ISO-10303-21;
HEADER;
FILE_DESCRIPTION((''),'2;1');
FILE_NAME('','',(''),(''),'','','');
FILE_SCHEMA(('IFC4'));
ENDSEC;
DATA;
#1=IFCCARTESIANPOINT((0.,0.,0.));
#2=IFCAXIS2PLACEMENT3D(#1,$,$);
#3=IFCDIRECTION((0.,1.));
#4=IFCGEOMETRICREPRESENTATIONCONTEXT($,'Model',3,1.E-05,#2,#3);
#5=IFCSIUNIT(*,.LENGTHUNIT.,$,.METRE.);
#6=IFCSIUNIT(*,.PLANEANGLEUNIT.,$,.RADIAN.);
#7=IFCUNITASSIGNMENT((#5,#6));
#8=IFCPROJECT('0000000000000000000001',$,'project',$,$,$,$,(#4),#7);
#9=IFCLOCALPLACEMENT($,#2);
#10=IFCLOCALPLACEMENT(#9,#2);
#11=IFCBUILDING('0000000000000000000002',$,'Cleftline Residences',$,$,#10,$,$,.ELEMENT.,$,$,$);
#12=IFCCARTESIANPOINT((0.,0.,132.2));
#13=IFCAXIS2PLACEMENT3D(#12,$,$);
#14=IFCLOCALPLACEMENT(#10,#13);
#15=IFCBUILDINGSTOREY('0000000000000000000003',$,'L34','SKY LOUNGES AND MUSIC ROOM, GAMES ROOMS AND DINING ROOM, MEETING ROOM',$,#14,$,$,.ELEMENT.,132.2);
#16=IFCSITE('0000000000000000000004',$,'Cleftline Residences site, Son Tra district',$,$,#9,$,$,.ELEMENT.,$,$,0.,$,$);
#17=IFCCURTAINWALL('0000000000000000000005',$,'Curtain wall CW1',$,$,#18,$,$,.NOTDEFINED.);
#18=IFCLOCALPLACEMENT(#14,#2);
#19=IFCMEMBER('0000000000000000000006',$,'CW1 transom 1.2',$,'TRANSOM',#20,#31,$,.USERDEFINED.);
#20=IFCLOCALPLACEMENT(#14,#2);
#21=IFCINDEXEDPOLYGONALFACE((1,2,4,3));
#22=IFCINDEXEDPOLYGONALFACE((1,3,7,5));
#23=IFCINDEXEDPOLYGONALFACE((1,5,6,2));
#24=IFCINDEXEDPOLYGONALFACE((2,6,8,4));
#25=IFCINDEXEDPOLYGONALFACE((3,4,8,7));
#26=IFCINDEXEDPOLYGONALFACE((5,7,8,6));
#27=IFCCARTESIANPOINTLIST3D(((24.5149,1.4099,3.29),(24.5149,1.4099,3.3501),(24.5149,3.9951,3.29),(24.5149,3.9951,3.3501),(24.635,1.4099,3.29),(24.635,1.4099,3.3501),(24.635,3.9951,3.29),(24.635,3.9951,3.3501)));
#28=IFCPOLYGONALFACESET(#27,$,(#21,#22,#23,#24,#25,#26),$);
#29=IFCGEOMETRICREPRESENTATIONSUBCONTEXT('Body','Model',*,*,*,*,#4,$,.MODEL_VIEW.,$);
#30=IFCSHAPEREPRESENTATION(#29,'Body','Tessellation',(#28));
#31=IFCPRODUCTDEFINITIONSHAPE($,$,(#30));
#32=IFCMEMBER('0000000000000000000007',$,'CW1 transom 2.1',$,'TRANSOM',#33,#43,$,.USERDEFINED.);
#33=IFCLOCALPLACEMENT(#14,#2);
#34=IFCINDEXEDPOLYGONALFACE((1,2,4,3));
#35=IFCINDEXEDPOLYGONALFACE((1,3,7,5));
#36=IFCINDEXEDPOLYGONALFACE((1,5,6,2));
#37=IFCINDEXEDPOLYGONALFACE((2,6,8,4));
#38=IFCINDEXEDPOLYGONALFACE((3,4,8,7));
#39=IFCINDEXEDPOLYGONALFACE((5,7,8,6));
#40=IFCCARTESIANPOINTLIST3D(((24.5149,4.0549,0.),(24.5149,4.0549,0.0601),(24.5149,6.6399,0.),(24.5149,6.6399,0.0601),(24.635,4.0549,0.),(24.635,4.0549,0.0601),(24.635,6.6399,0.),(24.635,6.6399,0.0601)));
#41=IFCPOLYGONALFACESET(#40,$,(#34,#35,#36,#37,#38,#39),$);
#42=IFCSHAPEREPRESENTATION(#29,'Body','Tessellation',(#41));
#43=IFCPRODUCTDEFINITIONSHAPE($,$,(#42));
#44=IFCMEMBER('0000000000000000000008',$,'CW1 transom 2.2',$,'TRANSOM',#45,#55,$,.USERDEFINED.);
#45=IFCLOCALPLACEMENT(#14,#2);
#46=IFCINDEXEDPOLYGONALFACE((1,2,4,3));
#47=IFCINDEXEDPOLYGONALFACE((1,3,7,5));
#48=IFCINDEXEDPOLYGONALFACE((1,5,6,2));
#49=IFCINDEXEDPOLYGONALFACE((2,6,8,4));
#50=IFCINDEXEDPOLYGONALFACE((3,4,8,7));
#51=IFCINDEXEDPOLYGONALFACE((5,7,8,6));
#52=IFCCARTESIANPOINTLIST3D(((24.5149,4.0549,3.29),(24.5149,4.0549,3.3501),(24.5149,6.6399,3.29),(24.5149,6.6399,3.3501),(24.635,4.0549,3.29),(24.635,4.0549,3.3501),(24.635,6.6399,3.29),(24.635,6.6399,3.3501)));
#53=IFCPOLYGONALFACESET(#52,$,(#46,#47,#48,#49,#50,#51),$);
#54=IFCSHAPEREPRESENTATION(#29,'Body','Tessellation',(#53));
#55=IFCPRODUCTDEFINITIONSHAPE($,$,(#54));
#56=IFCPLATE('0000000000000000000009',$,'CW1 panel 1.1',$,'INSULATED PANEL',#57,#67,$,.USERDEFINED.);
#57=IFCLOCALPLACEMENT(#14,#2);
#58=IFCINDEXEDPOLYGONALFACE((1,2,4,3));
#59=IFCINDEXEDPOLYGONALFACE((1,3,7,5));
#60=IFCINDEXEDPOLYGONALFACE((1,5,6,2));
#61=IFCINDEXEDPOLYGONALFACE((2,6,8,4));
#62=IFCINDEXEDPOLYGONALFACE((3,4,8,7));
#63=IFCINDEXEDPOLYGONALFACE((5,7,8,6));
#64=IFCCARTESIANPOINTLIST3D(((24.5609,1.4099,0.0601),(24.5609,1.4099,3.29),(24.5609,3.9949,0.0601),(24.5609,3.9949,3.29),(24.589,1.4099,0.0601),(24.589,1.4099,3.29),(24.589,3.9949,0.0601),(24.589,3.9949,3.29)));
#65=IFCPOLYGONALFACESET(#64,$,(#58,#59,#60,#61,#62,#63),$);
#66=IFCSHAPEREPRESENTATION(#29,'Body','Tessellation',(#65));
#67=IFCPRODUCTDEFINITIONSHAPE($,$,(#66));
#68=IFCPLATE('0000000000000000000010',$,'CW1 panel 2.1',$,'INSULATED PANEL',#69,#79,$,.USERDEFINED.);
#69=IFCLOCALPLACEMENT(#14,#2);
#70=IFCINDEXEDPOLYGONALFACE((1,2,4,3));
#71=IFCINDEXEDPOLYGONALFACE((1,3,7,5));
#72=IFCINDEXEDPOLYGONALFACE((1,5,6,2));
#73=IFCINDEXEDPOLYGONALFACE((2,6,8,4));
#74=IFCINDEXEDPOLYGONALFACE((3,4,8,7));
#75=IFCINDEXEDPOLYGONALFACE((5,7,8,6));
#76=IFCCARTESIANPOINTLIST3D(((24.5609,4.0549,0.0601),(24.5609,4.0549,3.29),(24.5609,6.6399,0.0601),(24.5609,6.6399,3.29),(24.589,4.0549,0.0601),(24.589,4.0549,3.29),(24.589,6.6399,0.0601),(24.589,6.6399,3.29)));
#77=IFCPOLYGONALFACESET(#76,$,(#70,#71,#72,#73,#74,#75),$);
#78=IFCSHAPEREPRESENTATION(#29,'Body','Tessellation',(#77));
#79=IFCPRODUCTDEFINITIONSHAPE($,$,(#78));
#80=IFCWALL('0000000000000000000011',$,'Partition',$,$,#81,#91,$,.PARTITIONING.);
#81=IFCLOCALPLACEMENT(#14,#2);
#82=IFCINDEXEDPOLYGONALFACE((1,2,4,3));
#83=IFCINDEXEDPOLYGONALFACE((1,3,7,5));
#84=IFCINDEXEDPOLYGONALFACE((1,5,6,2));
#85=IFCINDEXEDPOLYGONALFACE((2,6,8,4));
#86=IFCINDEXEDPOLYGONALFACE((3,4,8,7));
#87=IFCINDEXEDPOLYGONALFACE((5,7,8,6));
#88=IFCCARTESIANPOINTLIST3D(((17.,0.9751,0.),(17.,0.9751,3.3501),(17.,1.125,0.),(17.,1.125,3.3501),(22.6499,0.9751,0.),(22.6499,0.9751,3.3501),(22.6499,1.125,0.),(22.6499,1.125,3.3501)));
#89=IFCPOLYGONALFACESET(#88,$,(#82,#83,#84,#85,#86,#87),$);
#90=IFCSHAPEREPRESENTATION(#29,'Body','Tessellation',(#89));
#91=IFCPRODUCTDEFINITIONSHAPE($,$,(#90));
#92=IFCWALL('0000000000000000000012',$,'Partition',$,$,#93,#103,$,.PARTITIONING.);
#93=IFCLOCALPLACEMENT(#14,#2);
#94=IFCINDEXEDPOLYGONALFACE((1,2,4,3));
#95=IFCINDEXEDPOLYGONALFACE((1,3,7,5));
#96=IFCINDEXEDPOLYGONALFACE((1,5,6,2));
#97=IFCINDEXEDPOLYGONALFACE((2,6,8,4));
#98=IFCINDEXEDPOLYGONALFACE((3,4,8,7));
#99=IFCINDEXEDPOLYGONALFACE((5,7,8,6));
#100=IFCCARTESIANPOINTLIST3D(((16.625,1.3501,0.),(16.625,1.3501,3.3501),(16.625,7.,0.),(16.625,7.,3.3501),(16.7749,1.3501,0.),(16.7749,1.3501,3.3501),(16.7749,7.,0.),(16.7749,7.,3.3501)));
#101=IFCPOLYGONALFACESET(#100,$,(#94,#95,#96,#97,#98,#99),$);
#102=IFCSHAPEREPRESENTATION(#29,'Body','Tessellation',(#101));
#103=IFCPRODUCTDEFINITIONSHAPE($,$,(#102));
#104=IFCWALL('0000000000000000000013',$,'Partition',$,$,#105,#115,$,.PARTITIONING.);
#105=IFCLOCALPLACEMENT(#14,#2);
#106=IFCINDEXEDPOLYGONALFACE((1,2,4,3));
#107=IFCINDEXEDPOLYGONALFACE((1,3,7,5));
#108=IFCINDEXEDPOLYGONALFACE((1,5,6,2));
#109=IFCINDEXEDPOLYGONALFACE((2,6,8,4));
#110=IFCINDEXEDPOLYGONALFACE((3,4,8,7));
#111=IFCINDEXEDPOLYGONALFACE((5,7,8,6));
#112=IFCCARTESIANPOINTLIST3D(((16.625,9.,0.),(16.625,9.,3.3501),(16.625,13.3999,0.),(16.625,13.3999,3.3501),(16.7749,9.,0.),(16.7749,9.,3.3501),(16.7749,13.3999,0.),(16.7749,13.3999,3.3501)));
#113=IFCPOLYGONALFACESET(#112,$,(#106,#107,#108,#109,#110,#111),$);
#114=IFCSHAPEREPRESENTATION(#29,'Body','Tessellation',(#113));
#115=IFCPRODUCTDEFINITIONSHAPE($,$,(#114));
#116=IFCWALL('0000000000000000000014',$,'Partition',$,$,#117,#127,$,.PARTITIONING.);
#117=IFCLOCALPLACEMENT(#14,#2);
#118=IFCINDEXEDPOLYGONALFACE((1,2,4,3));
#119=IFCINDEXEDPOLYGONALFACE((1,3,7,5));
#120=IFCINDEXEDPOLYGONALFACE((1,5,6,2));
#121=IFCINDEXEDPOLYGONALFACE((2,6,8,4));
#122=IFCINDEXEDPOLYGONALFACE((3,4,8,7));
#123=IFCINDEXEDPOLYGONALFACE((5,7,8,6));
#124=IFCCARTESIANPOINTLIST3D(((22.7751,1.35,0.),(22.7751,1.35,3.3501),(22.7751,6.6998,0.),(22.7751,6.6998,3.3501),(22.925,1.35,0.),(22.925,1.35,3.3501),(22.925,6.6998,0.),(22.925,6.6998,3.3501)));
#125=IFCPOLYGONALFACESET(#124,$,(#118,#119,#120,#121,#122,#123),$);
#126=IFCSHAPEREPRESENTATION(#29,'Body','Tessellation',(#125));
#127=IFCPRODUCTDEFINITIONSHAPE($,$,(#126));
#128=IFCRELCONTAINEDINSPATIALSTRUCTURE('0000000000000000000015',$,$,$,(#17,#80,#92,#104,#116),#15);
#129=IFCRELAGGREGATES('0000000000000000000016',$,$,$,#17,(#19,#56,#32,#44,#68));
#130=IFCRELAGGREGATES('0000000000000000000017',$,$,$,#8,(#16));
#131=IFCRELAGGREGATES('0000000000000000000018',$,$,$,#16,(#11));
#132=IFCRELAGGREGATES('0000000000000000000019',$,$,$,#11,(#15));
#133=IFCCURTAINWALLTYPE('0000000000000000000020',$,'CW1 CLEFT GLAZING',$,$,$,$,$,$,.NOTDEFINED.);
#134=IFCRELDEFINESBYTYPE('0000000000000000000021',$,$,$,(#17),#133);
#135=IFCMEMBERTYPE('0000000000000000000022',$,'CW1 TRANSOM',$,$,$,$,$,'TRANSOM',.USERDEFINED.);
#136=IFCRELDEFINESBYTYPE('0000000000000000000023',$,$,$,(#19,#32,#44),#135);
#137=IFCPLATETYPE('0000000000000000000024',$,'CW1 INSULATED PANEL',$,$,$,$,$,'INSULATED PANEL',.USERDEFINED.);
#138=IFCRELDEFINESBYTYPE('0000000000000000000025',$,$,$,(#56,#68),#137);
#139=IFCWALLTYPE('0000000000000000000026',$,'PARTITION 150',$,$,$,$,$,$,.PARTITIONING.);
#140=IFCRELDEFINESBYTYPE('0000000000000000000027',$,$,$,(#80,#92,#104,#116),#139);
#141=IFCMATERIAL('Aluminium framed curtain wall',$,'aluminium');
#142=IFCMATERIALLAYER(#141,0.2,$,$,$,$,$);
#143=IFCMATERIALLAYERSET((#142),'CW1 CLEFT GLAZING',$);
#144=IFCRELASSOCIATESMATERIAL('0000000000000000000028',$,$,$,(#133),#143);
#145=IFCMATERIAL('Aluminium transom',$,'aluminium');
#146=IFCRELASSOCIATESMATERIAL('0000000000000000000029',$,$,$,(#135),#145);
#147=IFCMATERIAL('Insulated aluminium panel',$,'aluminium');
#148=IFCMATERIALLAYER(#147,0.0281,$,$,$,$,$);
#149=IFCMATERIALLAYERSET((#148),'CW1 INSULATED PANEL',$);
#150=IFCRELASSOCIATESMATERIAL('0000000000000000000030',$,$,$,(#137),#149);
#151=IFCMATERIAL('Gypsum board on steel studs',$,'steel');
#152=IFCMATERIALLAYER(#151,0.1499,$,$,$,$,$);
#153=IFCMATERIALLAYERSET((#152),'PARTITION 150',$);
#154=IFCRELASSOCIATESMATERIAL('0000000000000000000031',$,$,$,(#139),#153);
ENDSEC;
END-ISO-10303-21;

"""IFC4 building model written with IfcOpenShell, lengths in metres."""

from ifc_helpers import new_model, si_unit, direction, frame, frame_2d, origin, origin_2d, place, context, subcontext, project, spatial, rectangle, extrude, material, layer, layer_set, material_profile, profile_set, type_object, element, aggregate, save


model = new_model("IFC4")

# Units and contexts
model_context = context("Model", 3, precision=1e-05, world=origin(), true_north=direction((0.0, 1.0)))
body_context = subcontext(model_context, "Body", "Model", "MODEL_VIEW")
ifc_project = project(units=[si_unit("LENGTHUNIT", "METRE"), si_unit("PLANEANGLEUNIT", "RADIAN")], contexts=[model_context])

# Site, building, storey
site_placement = place(None, origin())
site = spatial("IfcSite", under=ifc_project, at=site_placement, Name="Cleftline Residences site, Son Tra district", CompositionType="ELEMENT", RefElevation=0.0)
building_placement = place(site_placement, origin())
building = spatial("IfcBuilding", under=site, at=building_placement, Name="Cleftline Residences", CompositionType="ELEMENT")
storey_placement = place(building_placement, frame((0.0, 0.0, 132.2)))
storey = spatial("IfcBuildingStorey", under=building, at=storey_placement, Name="L34", Description="SKY LOUNGES AND MUSIC ROOM, GAMES ROOMS AND DINING ROOM, MEETING ROOM", CompositionType="ELEMENT", Elevation=132.2)

# Curtain wall, members, plates
ifc_material_1 = material(Name="Aluminium framed curtain wall", Category="aluminium")
ifc_layer_1 = layer(ifc_material_1, 0.2)
ifc_layer_set_1 = layer_set([ifc_layer_1], Name="CW1 CLEFT GLAZING")
curtain_wall_type = type_object("IfcCurtainWallType", Name="CW1 CLEFT GLAZING", PredefinedType="NOTDEFINED", material=ifc_layer_set_1)
curtain_wall_placement = place(storey_placement, origin())
curtain_wall = element("IfcCurtainWall", 1, at=curtain_wall_placement, inside=storey, type_object=curtain_wall_type, Name="Curtain wall CW1", PredefinedType="NOTDEFINED")
ifc_material_2 = material(Name="Aluminium transom", Category="aluminium")
ifc_material_profile_1 = material_profile(ifc_material_2, rectangle(XDim=0.1201, YDim=0.0601, at=origin_2d()))
ifc_profile_set_1 = profile_set([ifc_material_profile_1], Name="Aluminium transom")
member_type_1 = type_object("IfcMemberType", Name="CW1 TRANSOM", ElementType="TRANSOM", PredefinedType="USERDEFINED", material=ifc_profile_set_1)
member_1_placement = place(storey_placement, frame((24.575, 1.4099, 3.3201), z_axis=(0.0, 1.0, 0.0), x_axis=(-1.0, 0.0, 0.0)))
member_1 = element("IfcMember", 2, at=member_1_placement, type_object=member_type_1, Name="CW1 transom 1.2", ObjectType="TRANSOM", PredefinedType="USERDEFINED", context=body_context, shape_type="SweptSolid", body=[
    extrude(rectangle(XDim=0.1201, YDim=0.0601, at=origin_2d()), origin(), (0.0, 0.0, 1.0), 2.5852),
])
member_2_placement = place(storey_placement, frame((24.575, 4.0549, 0.03), z_axis=(0.0, 1.0, 0.0), x_axis=(-1.0, 0.0, 0.0)))
member_2 = element("IfcMember", 3, at=member_2_placement, type_object=member_type_1, Name="CW1 transom 2.1", ObjectType="TRANSOM", PredefinedType="USERDEFINED", context=body_context, shape_type="SweptSolid", body=[
    extrude(rectangle(XDim=0.1201, YDim=0.0601, at=origin_2d()), origin(), (0.0, 0.0, 1.0), 2.585),
])
member_3_placement = place(storey_placement, frame((24.575, 4.0549, 3.3201), z_axis=(0.0, 1.0, 0.0), x_axis=(-1.0, 0.0, 0.0)))
member_3 = element("IfcMember", 4, at=member_3_placement, type_object=member_type_1, Name="CW1 transom 2.2", ObjectType="TRANSOM", PredefinedType="USERDEFINED", context=body_context, shape_type="SweptSolid", body=[
    extrude(rectangle(XDim=0.1201, YDim=0.0601, at=origin_2d()), origin(), (0.0, 0.0, 1.0), 2.585),
])
ifc_material_3 = material(Name="Insulated aluminium panel", Category="aluminium")
ifc_layer_2 = layer(ifc_material_3, 0.0281)
ifc_layer_set_2 = layer_set([ifc_layer_2], Name="CW1 INSULATED PANEL")
plate_type = type_object("IfcPlateType", Name="CW1 INSULATED PANEL", ElementType="INSULATED PANEL", PredefinedType="USERDEFINED", material=ifc_layer_set_2)
plate_1_placement = place(storey_placement, frame((24.575, 2.7024, 0.0601), z_axis=(0.0, 0.0, 1.0), x_axis=(0.0, 1.0, 0.0)))
plate_1 = element("IfcPlate", 5, at=plate_1_placement, type_object=plate_type, Name="CW1 panel 1.1", ObjectType="INSULATED PANEL", PredefinedType="USERDEFINED", context=body_context, shape_type="SweptSolid", body=[
    extrude(rectangle(XDim=2.585, YDim=0.0281, at=origin_2d()), origin(), (0.0, 0.0, 1.0), 3.23),
])
plate_2_placement = place(storey_placement, frame((24.575, 5.3474, 0.0601), z_axis=(0.0, 0.0, 1.0), x_axis=(0.0, 1.0, 0.0)))
plate_2 = element("IfcPlate", 6, at=plate_2_placement, type_object=plate_type, Name="CW1 panel 2.1", ObjectType="INSULATED PANEL", PredefinedType="USERDEFINED", context=body_context, shape_type="SweptSolid", body=[
    extrude(rectangle(XDim=2.585, YDim=0.0281, at=origin_2d()), origin(), (0.0, 0.0, 1.0), 3.23),
])
aggregate(curtain_wall, [member_1, plate_1, member_2, member_3, plate_2])

# Walls
ifc_material_4 = material(Name="Gypsum board on steel studs", Category="steel")
ifc_layer_3 = layer(ifc_material_4, 0.1499)
ifc_layer_set_3 = layer_set([ifc_layer_3], Name="PARTITION 150")
wall_type = type_object("IfcWallType", Name="PARTITION 150", PredefinedType="PARTITIONING", material=ifc_layer_set_3)
for number, where, z_axis, x_axis, name in (
    (7, (17.0, 1.05, 0.0), (0.0, 0.0, 1.0), (1.0, 0.0, 0.0), "Partition"),
    (8, (16.7, 1.3501, 0.0), (0.0, 0.0, 1.0), (0.0, 1.0, 0.0), "Partition"),
):
    element("IfcWall", number, at=place(storey_placement, frame(where, z_axis=z_axis, x_axis=x_axis)), inside=storey, type_object=wall_type, Name=name, PredefinedType="PARTITIONING", context=body_context, shape_type="SweptSolid", body=[
        extrude(rectangle(XDim=5.6499, YDim=0.1499, at=frame_2d((2.825, 0.0))), origin(), (0.0, 0.0, 1.0), 3.3501),
    ])
wall_1_placement = place(storey_placement, frame((16.7, 9.0, 0.0), z_axis=(0.0, 0.0, 1.0), x_axis=(0.0, 1.0, 0.0)))
element("IfcWall", 9, at=wall_1_placement, inside=storey, type_object=wall_type, Name="Partition", PredefinedType="PARTITIONING", context=body_context, shape_type="SweptSolid", body=[
    extrude(rectangle(XDim=4.3999, YDim=0.1499, at=frame_2d((2.2, 0.0))), origin(), (0.0, 0.0, 1.0), 3.3501),
])
wall_2_placement = place(storey_placement, frame((22.8501, 1.3501, 0.0), z_axis=(0.0, 0.0, 1.0), x_axis=(0.0, 1.0, 0.0)))
element("IfcWall", 10, at=wall_2_placement, inside=storey, type_object=wall_type, Name="Partition", PredefinedType="PARTITIONING", context=body_context, shape_type="SweptSolid", body=[
    extrude(rectangle(XDim=5.3499, YDim=0.1499, at=frame_2d((2.6748, 0.0))), origin(), (0.0, 0.0, 1.0), 3.3501),
])

save(model, "model.ifc")
